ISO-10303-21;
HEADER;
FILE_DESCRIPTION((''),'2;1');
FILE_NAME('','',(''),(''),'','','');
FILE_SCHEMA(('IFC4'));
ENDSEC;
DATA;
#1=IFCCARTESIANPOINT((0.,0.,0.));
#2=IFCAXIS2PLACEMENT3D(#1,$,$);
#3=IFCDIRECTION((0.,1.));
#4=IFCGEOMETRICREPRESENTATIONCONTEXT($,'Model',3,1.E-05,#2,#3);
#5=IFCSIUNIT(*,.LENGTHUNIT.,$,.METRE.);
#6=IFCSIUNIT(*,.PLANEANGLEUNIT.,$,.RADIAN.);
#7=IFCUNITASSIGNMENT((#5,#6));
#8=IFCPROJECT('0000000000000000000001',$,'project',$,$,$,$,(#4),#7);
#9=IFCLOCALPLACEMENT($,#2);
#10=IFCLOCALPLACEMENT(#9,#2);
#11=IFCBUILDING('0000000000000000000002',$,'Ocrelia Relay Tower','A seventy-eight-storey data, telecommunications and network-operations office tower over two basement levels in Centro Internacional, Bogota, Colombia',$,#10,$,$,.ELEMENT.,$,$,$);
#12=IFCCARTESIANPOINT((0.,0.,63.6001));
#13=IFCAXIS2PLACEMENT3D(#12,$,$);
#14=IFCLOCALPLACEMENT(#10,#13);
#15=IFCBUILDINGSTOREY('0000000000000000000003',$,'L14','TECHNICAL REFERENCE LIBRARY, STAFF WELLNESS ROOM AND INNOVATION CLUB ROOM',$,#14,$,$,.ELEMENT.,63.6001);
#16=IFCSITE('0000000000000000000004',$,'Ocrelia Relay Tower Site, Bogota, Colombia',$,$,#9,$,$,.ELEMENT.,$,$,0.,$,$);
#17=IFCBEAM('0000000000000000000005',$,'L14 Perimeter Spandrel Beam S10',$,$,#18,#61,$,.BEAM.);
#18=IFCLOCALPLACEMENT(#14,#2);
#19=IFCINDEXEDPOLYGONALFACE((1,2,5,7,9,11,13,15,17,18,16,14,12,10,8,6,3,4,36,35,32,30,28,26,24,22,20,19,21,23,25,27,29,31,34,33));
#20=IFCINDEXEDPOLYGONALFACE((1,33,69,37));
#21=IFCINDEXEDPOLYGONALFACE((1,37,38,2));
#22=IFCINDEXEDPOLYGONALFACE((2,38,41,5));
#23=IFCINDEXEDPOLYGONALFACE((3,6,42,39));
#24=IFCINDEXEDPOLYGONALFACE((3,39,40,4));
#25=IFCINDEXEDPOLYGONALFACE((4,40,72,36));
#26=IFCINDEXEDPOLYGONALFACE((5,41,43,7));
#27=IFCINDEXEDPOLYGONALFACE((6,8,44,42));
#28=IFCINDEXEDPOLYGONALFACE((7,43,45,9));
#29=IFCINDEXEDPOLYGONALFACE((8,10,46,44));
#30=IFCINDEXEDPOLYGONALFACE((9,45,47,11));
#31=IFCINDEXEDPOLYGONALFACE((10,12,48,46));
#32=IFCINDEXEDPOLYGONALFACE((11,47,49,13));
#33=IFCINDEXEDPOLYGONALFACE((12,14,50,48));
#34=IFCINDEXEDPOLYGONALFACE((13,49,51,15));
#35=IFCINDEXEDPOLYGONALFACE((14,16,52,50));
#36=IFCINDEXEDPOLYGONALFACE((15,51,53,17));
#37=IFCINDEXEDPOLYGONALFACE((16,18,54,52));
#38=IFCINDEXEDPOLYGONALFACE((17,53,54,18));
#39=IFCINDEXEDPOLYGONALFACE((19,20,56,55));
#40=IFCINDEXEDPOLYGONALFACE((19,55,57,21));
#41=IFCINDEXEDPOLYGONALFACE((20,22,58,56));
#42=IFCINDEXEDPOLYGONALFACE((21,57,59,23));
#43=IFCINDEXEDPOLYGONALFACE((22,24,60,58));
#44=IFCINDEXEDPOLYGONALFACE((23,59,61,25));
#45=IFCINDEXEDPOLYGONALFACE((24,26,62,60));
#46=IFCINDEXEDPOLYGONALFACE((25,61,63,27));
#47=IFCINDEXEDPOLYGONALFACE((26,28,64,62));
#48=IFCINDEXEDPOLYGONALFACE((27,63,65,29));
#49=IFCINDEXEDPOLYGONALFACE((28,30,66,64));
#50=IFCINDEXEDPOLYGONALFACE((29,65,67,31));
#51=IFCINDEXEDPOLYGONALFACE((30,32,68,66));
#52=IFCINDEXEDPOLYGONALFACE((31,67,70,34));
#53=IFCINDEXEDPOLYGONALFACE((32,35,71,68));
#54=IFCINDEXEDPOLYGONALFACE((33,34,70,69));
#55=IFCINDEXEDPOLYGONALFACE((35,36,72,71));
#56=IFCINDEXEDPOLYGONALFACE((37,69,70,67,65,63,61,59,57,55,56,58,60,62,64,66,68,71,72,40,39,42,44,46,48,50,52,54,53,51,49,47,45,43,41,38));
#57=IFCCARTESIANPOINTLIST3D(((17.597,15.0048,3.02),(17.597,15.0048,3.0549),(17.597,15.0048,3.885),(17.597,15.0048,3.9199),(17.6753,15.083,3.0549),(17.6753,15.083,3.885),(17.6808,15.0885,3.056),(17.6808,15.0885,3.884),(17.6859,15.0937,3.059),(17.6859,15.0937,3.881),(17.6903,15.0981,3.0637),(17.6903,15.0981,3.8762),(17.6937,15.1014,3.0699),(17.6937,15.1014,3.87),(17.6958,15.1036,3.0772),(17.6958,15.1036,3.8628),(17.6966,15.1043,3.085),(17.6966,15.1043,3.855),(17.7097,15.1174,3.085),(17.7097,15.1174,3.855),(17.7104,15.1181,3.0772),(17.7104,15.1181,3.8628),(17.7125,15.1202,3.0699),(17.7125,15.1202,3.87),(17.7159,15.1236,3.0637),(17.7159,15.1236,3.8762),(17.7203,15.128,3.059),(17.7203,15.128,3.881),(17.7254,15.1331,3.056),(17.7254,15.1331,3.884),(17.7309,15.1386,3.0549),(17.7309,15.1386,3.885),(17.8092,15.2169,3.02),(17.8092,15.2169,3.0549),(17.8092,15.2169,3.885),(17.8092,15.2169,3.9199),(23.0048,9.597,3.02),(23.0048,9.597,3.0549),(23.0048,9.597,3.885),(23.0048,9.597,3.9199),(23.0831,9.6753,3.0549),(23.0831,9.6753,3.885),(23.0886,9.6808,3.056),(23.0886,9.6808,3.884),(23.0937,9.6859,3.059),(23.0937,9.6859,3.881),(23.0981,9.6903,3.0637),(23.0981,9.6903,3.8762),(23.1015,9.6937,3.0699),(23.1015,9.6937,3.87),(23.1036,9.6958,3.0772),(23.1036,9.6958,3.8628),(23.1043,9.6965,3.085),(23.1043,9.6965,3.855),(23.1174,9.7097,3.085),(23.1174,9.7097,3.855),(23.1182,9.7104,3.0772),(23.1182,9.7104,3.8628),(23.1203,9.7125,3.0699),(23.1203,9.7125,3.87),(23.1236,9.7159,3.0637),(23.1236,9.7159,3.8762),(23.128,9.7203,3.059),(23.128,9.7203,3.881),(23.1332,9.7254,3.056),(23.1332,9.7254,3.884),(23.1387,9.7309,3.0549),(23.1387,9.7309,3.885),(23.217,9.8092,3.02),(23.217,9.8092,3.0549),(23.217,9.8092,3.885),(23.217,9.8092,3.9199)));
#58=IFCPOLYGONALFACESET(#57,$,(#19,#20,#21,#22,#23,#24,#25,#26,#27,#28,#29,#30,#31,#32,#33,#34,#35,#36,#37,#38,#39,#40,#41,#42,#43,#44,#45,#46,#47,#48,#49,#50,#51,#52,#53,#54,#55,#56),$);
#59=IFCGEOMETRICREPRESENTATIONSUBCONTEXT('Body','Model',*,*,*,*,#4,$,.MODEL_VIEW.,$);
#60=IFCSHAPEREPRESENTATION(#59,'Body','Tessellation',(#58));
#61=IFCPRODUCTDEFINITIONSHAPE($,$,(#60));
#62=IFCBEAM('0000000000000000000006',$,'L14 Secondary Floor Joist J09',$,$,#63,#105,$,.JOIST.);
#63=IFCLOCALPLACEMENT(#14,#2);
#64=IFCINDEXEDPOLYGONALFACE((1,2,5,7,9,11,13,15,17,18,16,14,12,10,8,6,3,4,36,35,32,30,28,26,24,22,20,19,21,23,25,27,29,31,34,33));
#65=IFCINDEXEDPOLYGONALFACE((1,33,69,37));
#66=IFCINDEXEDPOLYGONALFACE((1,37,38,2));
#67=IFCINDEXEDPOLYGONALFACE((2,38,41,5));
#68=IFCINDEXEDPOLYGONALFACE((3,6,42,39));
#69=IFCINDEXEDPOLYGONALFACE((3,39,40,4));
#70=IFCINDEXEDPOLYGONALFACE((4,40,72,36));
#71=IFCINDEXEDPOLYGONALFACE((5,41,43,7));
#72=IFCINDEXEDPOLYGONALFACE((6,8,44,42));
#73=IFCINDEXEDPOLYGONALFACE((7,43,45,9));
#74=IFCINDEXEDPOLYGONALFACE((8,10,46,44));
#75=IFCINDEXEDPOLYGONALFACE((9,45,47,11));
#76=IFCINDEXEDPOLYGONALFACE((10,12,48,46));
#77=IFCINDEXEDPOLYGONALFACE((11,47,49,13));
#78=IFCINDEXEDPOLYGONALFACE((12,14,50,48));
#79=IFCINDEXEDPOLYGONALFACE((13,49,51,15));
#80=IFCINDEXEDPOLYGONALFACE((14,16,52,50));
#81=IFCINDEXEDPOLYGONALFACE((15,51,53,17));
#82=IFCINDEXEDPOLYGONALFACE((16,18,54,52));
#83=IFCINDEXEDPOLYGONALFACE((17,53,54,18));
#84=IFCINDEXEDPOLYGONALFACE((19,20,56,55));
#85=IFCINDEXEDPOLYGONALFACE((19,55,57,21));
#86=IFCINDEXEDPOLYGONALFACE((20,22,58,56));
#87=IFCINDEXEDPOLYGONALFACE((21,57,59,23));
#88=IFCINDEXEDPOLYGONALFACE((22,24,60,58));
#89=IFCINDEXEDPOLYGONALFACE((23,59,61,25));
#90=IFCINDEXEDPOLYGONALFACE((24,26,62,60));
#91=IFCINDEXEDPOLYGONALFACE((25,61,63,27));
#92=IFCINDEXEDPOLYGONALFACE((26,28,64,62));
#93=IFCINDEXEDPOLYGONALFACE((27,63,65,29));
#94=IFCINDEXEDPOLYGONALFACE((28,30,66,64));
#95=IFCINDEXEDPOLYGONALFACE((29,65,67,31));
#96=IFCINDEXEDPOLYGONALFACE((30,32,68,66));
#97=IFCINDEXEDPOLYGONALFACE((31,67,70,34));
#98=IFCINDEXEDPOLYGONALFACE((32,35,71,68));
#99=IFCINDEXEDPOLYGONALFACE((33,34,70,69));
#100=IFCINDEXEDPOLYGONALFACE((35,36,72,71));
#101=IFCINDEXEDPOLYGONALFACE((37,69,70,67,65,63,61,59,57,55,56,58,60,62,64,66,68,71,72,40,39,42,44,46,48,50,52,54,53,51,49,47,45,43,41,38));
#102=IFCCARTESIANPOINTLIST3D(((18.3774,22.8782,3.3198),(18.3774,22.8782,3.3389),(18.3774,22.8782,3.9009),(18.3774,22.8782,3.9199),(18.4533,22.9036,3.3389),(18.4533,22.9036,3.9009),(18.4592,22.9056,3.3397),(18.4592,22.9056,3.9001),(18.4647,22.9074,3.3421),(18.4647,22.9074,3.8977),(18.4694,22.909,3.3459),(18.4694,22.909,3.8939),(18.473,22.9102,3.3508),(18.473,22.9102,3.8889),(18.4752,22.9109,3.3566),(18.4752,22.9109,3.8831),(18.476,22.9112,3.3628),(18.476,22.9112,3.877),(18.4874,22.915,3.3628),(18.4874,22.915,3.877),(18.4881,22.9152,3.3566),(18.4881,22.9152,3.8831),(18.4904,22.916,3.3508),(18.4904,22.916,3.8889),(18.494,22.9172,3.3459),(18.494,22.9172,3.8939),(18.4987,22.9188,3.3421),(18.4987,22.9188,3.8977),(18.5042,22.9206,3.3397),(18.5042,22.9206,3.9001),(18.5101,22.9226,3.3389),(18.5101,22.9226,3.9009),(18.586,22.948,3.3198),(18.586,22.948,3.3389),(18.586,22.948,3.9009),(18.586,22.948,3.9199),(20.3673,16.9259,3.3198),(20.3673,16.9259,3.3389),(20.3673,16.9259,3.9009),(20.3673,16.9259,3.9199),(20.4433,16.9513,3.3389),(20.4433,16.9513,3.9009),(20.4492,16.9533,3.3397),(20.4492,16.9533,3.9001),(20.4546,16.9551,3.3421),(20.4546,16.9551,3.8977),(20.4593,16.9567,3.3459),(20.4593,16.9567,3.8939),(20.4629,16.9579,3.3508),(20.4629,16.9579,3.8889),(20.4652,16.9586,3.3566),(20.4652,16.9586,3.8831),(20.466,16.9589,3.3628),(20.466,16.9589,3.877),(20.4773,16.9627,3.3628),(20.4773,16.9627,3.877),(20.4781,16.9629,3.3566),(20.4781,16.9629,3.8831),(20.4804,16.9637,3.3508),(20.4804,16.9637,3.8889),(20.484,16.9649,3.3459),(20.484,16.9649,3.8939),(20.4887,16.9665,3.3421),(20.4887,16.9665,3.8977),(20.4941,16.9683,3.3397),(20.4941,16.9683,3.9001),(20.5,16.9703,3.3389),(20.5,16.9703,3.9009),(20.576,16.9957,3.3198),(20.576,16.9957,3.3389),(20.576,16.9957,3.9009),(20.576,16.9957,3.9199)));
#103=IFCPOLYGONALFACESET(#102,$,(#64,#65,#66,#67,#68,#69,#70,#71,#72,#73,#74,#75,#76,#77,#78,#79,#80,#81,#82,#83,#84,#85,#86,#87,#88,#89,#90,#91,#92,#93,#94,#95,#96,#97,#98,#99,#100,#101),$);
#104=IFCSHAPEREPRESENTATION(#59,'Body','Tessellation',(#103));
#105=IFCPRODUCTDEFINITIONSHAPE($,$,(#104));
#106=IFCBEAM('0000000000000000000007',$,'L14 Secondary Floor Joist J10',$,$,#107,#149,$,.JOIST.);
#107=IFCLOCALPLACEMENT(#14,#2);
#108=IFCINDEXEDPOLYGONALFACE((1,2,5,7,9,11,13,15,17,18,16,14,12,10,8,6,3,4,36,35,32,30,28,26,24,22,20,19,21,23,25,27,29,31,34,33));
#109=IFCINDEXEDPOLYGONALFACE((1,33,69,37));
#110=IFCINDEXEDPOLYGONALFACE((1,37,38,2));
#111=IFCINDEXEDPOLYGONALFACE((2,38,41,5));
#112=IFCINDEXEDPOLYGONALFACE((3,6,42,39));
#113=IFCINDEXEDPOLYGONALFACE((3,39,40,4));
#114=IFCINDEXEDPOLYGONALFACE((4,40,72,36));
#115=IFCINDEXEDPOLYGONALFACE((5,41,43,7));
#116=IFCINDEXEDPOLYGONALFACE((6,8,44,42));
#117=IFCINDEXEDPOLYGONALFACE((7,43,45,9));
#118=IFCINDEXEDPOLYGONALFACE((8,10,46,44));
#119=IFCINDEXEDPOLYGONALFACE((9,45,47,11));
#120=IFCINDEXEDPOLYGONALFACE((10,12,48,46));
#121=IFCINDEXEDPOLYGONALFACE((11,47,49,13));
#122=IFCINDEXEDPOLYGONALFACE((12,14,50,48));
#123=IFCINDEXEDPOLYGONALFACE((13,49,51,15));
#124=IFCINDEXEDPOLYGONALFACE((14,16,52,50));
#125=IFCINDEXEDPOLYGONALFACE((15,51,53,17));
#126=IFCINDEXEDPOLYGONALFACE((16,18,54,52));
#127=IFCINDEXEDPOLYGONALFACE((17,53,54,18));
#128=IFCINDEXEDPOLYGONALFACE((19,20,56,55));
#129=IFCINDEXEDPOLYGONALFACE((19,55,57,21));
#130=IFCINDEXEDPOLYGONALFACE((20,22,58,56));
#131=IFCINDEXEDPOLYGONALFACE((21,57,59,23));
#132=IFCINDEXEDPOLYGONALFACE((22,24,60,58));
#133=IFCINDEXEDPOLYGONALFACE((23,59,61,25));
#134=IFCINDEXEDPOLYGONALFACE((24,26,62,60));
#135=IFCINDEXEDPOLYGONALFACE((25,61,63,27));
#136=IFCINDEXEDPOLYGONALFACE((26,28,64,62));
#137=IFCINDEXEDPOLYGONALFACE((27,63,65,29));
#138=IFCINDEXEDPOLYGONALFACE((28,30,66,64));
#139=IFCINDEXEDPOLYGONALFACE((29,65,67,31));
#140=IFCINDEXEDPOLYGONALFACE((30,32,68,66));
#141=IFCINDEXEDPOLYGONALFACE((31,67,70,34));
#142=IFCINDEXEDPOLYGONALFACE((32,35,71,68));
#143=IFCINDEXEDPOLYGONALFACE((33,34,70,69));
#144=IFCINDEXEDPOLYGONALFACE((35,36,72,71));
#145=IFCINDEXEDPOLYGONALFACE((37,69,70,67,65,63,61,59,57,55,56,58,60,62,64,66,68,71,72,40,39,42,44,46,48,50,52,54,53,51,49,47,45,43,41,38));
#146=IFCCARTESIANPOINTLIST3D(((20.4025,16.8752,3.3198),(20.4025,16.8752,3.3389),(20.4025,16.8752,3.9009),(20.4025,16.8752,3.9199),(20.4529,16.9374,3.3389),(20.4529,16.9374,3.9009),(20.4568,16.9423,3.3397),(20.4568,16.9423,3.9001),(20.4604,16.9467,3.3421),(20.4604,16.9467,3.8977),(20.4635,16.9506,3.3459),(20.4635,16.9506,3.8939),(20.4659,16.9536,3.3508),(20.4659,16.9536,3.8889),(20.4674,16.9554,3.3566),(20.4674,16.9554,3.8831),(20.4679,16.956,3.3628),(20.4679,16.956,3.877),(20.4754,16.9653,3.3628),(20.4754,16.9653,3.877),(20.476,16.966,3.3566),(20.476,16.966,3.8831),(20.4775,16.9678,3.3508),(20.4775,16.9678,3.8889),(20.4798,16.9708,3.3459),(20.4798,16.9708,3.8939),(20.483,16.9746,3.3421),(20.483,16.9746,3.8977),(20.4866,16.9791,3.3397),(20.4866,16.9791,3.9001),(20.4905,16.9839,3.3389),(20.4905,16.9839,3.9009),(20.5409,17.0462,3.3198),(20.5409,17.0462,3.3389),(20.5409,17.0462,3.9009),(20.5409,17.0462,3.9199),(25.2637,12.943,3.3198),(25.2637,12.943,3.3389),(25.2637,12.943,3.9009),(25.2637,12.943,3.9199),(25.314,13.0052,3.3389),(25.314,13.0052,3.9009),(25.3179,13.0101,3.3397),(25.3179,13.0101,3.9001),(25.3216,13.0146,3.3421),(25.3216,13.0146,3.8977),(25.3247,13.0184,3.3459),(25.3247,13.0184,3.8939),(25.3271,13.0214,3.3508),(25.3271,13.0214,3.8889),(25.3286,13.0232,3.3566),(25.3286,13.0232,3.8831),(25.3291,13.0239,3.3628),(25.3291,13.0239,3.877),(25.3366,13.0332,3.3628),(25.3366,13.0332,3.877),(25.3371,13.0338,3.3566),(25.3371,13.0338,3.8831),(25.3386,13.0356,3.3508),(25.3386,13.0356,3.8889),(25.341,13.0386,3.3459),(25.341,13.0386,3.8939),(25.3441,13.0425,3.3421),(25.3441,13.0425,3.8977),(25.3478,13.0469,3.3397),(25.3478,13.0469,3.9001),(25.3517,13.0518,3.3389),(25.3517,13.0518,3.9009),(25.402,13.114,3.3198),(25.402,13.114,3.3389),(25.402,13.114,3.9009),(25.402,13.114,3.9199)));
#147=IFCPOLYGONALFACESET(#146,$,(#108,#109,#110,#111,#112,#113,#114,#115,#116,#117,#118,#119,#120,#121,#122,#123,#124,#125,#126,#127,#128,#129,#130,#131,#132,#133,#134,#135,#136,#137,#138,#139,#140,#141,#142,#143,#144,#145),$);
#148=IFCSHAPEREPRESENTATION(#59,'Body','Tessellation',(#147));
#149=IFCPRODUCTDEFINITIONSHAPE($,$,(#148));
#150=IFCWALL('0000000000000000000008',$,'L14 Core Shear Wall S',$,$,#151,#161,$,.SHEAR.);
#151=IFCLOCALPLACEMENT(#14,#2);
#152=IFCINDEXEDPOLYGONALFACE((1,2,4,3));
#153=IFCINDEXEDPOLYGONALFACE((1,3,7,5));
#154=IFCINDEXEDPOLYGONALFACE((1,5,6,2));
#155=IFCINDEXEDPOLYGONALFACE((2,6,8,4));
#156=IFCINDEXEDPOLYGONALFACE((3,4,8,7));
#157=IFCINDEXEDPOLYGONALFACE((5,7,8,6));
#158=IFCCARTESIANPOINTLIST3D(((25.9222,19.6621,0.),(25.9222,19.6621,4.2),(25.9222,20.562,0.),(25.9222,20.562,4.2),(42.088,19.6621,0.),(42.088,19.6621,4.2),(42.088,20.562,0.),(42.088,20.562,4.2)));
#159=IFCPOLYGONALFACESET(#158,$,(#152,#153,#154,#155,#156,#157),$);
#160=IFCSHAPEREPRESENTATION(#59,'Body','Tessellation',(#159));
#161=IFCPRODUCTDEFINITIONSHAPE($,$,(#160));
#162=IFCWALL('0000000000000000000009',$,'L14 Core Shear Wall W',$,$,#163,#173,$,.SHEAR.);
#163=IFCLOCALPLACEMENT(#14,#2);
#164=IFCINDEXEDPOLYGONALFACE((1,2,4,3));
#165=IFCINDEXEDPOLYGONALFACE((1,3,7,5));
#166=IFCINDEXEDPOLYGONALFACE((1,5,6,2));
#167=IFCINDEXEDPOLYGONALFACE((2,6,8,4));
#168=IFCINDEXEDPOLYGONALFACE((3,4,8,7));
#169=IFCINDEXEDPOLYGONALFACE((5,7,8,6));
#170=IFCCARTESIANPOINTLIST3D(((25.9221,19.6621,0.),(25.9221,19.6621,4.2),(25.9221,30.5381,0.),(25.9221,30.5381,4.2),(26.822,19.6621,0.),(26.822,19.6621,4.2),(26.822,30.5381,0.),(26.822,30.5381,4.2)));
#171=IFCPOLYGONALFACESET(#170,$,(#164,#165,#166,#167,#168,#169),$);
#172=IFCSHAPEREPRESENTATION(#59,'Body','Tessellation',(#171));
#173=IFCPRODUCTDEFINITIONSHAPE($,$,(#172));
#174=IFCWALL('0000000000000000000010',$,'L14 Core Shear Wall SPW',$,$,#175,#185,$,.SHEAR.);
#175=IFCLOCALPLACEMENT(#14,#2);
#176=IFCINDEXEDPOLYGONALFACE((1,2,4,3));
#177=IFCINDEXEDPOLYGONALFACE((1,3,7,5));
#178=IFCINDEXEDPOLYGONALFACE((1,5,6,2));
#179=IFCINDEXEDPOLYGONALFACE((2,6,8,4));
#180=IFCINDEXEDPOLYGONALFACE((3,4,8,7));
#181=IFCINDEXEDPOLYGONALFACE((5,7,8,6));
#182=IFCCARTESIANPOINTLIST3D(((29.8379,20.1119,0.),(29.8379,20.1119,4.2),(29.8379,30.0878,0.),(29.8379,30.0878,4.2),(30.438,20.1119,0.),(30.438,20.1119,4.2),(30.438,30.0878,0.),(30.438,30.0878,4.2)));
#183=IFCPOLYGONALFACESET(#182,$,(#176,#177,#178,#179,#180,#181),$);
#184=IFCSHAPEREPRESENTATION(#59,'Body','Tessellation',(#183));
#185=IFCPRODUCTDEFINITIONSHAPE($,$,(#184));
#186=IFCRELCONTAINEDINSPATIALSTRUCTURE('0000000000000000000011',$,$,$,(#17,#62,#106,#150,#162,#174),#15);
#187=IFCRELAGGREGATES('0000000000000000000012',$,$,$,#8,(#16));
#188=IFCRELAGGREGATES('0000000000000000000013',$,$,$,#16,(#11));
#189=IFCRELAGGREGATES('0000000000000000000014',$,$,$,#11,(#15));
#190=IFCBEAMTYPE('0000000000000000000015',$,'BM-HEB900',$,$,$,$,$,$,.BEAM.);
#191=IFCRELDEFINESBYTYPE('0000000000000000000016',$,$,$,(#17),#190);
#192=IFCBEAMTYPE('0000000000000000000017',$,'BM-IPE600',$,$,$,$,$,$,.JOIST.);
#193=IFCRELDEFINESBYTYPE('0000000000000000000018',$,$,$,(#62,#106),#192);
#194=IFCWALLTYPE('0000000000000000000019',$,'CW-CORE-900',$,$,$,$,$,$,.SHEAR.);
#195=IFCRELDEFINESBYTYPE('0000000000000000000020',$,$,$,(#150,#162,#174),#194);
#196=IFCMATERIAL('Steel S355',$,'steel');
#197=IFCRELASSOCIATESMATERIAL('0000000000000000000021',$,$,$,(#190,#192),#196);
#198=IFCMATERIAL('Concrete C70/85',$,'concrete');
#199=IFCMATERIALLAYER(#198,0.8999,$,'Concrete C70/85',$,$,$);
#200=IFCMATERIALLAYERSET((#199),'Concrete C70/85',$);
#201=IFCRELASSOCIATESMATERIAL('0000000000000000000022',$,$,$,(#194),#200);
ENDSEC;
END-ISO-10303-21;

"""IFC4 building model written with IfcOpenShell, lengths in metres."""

from ifc_helpers import new_model, si_unit, direction, frame, frame_2d, origin, origin_2d, place, context, subcontext, project, spatial, rectangle, i_section, extrude, material, layer, layer_set, material_profile, profile_set, type_object, element, save


model = new_model("IFC4")

# Units and contexts
model_context = context("Model", 3, precision=1e-05, world=origin(), true_north=direction((0.0, 1.0)))
body_context = subcontext(model_context, "Body", "Model", "MODEL_VIEW")
ifc_project = project(units=[si_unit("LENGTHUNIT", "METRE"), si_unit("PLANEANGLEUNIT", "RADIAN")], contexts=[model_context])

# Site, building, storey
site_placement = place(None, origin())
site = spatial("IfcSite", under=ifc_project, at=site_placement, Name="Ocrelia Relay Tower Site, Bogota, Colombia", CompositionType="ELEMENT", RefElevation=0.0)
building_placement = place(site_placement, origin())
building = spatial("IfcBuilding", under=site, at=building_placement, Name="Ocrelia Relay Tower", Description="A seventy-eight-storey data, telecommunications and network-operations office tower over two basement levels in Centro Internacional, Bogota, Colombia", CompositionType="ELEMENT")
storey_placement = place(building_placement, frame((0.0, 0.0, 63.6001)))
storey = spatial("IfcBuildingStorey", under=building, at=storey_placement, Name="L14", Description="TECHNICAL REFERENCE LIBRARY, STAFF WELLNESS ROOM AND INNOVATION CLUB ROOM", CompositionType="ELEMENT", Elevation=63.6001)

# Shared definitions
ifc_material_1 = material(Name="Concrete C70/85", Category="concrete")

# Beams
ifc_material_2 = material(Name="Steel S355", Category="steel")
ifc_material_profile_1 = material_profile(ifc_material_2, i_section(OverallWidth=0.3, OverallDepth=0.8999, WebThickness=0.0186, FlangeThickness=0.0349, FilletRadius=0.03, at=origin_2d()), Name="HEB 900")
ifc_profile_set_1 = profile_set([ifc_material_profile_1], Name="Steel S355")
beam_type_1 = type_object("IfcBeamType", Name="BM-HEB900", PredefinedType="BEAM", material=ifc_profile_set_1)
beam_1_placement = place(storey_placement, frame((17.7031, 15.1108, 3.47), z_axis=(0.707107, -0.707107, 0.0), x_axis=(0.707107, 0.707107, 0.0)))
element("IfcBeam", 1, at=beam_1_placement, inside=storey, type_object=beam_type_1, Name="L14 Perimeter Spandrel Beam S10", PredefinedType="BEAM", context=body_context, shape_type="SweptSolid", body=[
    extrude(i_section(OverallWidth=0.3, OverallDepth=0.8999, WebThickness=0.0186, FlangeThickness=0.0349, FilletRadius=0.03, at=origin_2d()), origin(), (0.0, 0.0, 1.0), 7.6477),
])
ifc_material_profile_2 = material_profile(ifc_material_2, i_section(OverallWidth=0.22, OverallDepth=0.6001, WebThickness=0.012, FlangeThickness=0.019, FilletRadius=0.0239, at=origin_2d()), Name="IPE 600")
ifc_profile_set_2 = profile_set([ifc_material_profile_2], Name="Steel S355")
beam_type_2 = type_object("IfcBeamType", Name="BM-IPE600", PredefinedType="JOIST", material=ifc_profile_set_2)
beam_2_placement = place(storey_placement, frame((18.4817, 22.9131, 3.6199), z_axis=(0.317068, -0.948403, 0.0), x_axis=(0.948403, 0.317068, 0.0)))
element("IfcBeam", 2, at=beam_2_placement, inside=storey, type_object=beam_type_2, Name="L14 Secondary Floor Joist J09", PredefinedType="JOIST", context=body_context, shape_type="SweptSolid", body=[
    extrude(i_section(OverallWidth=0.22, OverallDepth=0.6001, WebThickness=0.012, FlangeThickness=0.019, FilletRadius=0.0239, at=origin_2d()), origin(), (0.0, 0.0, 1.0), 6.2761),
])
beam_3_placement = place(storey_placement, frame((20.4717, 16.9607, 3.6199), z_axis=(0.777482, -0.628905, 0.0), x_axis=(0.628905, 0.777482, 0.0)))
element("IfcBeam", 3, at=beam_3_placement, inside=storey, type_object=beam_type_2, Name="L14 Secondary Floor Joist J10", PredefinedType="JOIST", context=body_context, shape_type="SweptSolid", body=[
    extrude(i_section(OverallWidth=0.22, OverallDepth=0.6001, WebThickness=0.012, FlangeThickness=0.019, FilletRadius=0.0239, at=origin_2d()), origin(), (0.0, 0.0, 1.0), 6.2524),
])

# Walls
ifc_layer_1 = layer(ifc_material_1, 0.8999, Name="Concrete C70/85")
ifc_layer_set_1 = layer_set([ifc_layer_1], Name="Concrete C70/85")
wall_type_1 = type_object("IfcWallType", Name="CW-CORE-900", PredefinedType="SHEAR", material=ifc_layer_set_1)
wall_1_placement = place(storey_placement, frame((25.9221, 20.1121, 0.0), z_axis=(0.0, 0.0, 1.0), x_axis=(1.0, 0.0, 0.0)))
element("IfcWall", 4, at=wall_1_placement, inside=storey, type_object=wall_type_1, Name="L14 Core Shear Wall S", PredefinedType="SHEAR", context=body_context, shape_type="SweptSolid", body=[
    extrude(rectangle(XDim=16.1658, YDim=0.8999, at=frame_2d((8.083, 0.0))), origin(), (0.0, 0.0, 1.0), 4.2),
])
wall_2_placement = place(storey_placement, frame((26.3721, 19.6621, 0.0), z_axis=(0.0, 0.0, 1.0), x_axis=(0.0, 1.0, 0.0)))
element("IfcWall", 5, at=wall_2_placement, inside=storey, type_object=wall_type_1, Name="L14 Core Shear Wall W", PredefinedType="SHEAR", context=body_context, shape_type="SweptSolid", body=[
    extrude(rectangle(XDim=10.876, YDim=0.8999, at=frame_2d((5.438, 0.0))), origin(), (0.0, 0.0, 1.0), 4.2),
])
wall_3_placement = place(storey_placement, frame((30.1379, 20.1121, 0.0), z_axis=(0.0, 0.0, 1.0), x_axis=(0.0, 1.0, 0.0)))
element("IfcWall", 6, at=wall_3_placement, inside=storey, type_object=wall_type_1, Name="L14 Core Shear Wall SPW", PredefinedType="SHEAR", context=body_context, shape_type="SweptSolid", body=[
    extrude(rectangle(XDim=9.9758, YDim=0.6001, at=frame_2d((4.9878, 0.0))), origin(), (0.0, 0.0, 1.0), 4.2),
])

save(model, "model.ifc")
